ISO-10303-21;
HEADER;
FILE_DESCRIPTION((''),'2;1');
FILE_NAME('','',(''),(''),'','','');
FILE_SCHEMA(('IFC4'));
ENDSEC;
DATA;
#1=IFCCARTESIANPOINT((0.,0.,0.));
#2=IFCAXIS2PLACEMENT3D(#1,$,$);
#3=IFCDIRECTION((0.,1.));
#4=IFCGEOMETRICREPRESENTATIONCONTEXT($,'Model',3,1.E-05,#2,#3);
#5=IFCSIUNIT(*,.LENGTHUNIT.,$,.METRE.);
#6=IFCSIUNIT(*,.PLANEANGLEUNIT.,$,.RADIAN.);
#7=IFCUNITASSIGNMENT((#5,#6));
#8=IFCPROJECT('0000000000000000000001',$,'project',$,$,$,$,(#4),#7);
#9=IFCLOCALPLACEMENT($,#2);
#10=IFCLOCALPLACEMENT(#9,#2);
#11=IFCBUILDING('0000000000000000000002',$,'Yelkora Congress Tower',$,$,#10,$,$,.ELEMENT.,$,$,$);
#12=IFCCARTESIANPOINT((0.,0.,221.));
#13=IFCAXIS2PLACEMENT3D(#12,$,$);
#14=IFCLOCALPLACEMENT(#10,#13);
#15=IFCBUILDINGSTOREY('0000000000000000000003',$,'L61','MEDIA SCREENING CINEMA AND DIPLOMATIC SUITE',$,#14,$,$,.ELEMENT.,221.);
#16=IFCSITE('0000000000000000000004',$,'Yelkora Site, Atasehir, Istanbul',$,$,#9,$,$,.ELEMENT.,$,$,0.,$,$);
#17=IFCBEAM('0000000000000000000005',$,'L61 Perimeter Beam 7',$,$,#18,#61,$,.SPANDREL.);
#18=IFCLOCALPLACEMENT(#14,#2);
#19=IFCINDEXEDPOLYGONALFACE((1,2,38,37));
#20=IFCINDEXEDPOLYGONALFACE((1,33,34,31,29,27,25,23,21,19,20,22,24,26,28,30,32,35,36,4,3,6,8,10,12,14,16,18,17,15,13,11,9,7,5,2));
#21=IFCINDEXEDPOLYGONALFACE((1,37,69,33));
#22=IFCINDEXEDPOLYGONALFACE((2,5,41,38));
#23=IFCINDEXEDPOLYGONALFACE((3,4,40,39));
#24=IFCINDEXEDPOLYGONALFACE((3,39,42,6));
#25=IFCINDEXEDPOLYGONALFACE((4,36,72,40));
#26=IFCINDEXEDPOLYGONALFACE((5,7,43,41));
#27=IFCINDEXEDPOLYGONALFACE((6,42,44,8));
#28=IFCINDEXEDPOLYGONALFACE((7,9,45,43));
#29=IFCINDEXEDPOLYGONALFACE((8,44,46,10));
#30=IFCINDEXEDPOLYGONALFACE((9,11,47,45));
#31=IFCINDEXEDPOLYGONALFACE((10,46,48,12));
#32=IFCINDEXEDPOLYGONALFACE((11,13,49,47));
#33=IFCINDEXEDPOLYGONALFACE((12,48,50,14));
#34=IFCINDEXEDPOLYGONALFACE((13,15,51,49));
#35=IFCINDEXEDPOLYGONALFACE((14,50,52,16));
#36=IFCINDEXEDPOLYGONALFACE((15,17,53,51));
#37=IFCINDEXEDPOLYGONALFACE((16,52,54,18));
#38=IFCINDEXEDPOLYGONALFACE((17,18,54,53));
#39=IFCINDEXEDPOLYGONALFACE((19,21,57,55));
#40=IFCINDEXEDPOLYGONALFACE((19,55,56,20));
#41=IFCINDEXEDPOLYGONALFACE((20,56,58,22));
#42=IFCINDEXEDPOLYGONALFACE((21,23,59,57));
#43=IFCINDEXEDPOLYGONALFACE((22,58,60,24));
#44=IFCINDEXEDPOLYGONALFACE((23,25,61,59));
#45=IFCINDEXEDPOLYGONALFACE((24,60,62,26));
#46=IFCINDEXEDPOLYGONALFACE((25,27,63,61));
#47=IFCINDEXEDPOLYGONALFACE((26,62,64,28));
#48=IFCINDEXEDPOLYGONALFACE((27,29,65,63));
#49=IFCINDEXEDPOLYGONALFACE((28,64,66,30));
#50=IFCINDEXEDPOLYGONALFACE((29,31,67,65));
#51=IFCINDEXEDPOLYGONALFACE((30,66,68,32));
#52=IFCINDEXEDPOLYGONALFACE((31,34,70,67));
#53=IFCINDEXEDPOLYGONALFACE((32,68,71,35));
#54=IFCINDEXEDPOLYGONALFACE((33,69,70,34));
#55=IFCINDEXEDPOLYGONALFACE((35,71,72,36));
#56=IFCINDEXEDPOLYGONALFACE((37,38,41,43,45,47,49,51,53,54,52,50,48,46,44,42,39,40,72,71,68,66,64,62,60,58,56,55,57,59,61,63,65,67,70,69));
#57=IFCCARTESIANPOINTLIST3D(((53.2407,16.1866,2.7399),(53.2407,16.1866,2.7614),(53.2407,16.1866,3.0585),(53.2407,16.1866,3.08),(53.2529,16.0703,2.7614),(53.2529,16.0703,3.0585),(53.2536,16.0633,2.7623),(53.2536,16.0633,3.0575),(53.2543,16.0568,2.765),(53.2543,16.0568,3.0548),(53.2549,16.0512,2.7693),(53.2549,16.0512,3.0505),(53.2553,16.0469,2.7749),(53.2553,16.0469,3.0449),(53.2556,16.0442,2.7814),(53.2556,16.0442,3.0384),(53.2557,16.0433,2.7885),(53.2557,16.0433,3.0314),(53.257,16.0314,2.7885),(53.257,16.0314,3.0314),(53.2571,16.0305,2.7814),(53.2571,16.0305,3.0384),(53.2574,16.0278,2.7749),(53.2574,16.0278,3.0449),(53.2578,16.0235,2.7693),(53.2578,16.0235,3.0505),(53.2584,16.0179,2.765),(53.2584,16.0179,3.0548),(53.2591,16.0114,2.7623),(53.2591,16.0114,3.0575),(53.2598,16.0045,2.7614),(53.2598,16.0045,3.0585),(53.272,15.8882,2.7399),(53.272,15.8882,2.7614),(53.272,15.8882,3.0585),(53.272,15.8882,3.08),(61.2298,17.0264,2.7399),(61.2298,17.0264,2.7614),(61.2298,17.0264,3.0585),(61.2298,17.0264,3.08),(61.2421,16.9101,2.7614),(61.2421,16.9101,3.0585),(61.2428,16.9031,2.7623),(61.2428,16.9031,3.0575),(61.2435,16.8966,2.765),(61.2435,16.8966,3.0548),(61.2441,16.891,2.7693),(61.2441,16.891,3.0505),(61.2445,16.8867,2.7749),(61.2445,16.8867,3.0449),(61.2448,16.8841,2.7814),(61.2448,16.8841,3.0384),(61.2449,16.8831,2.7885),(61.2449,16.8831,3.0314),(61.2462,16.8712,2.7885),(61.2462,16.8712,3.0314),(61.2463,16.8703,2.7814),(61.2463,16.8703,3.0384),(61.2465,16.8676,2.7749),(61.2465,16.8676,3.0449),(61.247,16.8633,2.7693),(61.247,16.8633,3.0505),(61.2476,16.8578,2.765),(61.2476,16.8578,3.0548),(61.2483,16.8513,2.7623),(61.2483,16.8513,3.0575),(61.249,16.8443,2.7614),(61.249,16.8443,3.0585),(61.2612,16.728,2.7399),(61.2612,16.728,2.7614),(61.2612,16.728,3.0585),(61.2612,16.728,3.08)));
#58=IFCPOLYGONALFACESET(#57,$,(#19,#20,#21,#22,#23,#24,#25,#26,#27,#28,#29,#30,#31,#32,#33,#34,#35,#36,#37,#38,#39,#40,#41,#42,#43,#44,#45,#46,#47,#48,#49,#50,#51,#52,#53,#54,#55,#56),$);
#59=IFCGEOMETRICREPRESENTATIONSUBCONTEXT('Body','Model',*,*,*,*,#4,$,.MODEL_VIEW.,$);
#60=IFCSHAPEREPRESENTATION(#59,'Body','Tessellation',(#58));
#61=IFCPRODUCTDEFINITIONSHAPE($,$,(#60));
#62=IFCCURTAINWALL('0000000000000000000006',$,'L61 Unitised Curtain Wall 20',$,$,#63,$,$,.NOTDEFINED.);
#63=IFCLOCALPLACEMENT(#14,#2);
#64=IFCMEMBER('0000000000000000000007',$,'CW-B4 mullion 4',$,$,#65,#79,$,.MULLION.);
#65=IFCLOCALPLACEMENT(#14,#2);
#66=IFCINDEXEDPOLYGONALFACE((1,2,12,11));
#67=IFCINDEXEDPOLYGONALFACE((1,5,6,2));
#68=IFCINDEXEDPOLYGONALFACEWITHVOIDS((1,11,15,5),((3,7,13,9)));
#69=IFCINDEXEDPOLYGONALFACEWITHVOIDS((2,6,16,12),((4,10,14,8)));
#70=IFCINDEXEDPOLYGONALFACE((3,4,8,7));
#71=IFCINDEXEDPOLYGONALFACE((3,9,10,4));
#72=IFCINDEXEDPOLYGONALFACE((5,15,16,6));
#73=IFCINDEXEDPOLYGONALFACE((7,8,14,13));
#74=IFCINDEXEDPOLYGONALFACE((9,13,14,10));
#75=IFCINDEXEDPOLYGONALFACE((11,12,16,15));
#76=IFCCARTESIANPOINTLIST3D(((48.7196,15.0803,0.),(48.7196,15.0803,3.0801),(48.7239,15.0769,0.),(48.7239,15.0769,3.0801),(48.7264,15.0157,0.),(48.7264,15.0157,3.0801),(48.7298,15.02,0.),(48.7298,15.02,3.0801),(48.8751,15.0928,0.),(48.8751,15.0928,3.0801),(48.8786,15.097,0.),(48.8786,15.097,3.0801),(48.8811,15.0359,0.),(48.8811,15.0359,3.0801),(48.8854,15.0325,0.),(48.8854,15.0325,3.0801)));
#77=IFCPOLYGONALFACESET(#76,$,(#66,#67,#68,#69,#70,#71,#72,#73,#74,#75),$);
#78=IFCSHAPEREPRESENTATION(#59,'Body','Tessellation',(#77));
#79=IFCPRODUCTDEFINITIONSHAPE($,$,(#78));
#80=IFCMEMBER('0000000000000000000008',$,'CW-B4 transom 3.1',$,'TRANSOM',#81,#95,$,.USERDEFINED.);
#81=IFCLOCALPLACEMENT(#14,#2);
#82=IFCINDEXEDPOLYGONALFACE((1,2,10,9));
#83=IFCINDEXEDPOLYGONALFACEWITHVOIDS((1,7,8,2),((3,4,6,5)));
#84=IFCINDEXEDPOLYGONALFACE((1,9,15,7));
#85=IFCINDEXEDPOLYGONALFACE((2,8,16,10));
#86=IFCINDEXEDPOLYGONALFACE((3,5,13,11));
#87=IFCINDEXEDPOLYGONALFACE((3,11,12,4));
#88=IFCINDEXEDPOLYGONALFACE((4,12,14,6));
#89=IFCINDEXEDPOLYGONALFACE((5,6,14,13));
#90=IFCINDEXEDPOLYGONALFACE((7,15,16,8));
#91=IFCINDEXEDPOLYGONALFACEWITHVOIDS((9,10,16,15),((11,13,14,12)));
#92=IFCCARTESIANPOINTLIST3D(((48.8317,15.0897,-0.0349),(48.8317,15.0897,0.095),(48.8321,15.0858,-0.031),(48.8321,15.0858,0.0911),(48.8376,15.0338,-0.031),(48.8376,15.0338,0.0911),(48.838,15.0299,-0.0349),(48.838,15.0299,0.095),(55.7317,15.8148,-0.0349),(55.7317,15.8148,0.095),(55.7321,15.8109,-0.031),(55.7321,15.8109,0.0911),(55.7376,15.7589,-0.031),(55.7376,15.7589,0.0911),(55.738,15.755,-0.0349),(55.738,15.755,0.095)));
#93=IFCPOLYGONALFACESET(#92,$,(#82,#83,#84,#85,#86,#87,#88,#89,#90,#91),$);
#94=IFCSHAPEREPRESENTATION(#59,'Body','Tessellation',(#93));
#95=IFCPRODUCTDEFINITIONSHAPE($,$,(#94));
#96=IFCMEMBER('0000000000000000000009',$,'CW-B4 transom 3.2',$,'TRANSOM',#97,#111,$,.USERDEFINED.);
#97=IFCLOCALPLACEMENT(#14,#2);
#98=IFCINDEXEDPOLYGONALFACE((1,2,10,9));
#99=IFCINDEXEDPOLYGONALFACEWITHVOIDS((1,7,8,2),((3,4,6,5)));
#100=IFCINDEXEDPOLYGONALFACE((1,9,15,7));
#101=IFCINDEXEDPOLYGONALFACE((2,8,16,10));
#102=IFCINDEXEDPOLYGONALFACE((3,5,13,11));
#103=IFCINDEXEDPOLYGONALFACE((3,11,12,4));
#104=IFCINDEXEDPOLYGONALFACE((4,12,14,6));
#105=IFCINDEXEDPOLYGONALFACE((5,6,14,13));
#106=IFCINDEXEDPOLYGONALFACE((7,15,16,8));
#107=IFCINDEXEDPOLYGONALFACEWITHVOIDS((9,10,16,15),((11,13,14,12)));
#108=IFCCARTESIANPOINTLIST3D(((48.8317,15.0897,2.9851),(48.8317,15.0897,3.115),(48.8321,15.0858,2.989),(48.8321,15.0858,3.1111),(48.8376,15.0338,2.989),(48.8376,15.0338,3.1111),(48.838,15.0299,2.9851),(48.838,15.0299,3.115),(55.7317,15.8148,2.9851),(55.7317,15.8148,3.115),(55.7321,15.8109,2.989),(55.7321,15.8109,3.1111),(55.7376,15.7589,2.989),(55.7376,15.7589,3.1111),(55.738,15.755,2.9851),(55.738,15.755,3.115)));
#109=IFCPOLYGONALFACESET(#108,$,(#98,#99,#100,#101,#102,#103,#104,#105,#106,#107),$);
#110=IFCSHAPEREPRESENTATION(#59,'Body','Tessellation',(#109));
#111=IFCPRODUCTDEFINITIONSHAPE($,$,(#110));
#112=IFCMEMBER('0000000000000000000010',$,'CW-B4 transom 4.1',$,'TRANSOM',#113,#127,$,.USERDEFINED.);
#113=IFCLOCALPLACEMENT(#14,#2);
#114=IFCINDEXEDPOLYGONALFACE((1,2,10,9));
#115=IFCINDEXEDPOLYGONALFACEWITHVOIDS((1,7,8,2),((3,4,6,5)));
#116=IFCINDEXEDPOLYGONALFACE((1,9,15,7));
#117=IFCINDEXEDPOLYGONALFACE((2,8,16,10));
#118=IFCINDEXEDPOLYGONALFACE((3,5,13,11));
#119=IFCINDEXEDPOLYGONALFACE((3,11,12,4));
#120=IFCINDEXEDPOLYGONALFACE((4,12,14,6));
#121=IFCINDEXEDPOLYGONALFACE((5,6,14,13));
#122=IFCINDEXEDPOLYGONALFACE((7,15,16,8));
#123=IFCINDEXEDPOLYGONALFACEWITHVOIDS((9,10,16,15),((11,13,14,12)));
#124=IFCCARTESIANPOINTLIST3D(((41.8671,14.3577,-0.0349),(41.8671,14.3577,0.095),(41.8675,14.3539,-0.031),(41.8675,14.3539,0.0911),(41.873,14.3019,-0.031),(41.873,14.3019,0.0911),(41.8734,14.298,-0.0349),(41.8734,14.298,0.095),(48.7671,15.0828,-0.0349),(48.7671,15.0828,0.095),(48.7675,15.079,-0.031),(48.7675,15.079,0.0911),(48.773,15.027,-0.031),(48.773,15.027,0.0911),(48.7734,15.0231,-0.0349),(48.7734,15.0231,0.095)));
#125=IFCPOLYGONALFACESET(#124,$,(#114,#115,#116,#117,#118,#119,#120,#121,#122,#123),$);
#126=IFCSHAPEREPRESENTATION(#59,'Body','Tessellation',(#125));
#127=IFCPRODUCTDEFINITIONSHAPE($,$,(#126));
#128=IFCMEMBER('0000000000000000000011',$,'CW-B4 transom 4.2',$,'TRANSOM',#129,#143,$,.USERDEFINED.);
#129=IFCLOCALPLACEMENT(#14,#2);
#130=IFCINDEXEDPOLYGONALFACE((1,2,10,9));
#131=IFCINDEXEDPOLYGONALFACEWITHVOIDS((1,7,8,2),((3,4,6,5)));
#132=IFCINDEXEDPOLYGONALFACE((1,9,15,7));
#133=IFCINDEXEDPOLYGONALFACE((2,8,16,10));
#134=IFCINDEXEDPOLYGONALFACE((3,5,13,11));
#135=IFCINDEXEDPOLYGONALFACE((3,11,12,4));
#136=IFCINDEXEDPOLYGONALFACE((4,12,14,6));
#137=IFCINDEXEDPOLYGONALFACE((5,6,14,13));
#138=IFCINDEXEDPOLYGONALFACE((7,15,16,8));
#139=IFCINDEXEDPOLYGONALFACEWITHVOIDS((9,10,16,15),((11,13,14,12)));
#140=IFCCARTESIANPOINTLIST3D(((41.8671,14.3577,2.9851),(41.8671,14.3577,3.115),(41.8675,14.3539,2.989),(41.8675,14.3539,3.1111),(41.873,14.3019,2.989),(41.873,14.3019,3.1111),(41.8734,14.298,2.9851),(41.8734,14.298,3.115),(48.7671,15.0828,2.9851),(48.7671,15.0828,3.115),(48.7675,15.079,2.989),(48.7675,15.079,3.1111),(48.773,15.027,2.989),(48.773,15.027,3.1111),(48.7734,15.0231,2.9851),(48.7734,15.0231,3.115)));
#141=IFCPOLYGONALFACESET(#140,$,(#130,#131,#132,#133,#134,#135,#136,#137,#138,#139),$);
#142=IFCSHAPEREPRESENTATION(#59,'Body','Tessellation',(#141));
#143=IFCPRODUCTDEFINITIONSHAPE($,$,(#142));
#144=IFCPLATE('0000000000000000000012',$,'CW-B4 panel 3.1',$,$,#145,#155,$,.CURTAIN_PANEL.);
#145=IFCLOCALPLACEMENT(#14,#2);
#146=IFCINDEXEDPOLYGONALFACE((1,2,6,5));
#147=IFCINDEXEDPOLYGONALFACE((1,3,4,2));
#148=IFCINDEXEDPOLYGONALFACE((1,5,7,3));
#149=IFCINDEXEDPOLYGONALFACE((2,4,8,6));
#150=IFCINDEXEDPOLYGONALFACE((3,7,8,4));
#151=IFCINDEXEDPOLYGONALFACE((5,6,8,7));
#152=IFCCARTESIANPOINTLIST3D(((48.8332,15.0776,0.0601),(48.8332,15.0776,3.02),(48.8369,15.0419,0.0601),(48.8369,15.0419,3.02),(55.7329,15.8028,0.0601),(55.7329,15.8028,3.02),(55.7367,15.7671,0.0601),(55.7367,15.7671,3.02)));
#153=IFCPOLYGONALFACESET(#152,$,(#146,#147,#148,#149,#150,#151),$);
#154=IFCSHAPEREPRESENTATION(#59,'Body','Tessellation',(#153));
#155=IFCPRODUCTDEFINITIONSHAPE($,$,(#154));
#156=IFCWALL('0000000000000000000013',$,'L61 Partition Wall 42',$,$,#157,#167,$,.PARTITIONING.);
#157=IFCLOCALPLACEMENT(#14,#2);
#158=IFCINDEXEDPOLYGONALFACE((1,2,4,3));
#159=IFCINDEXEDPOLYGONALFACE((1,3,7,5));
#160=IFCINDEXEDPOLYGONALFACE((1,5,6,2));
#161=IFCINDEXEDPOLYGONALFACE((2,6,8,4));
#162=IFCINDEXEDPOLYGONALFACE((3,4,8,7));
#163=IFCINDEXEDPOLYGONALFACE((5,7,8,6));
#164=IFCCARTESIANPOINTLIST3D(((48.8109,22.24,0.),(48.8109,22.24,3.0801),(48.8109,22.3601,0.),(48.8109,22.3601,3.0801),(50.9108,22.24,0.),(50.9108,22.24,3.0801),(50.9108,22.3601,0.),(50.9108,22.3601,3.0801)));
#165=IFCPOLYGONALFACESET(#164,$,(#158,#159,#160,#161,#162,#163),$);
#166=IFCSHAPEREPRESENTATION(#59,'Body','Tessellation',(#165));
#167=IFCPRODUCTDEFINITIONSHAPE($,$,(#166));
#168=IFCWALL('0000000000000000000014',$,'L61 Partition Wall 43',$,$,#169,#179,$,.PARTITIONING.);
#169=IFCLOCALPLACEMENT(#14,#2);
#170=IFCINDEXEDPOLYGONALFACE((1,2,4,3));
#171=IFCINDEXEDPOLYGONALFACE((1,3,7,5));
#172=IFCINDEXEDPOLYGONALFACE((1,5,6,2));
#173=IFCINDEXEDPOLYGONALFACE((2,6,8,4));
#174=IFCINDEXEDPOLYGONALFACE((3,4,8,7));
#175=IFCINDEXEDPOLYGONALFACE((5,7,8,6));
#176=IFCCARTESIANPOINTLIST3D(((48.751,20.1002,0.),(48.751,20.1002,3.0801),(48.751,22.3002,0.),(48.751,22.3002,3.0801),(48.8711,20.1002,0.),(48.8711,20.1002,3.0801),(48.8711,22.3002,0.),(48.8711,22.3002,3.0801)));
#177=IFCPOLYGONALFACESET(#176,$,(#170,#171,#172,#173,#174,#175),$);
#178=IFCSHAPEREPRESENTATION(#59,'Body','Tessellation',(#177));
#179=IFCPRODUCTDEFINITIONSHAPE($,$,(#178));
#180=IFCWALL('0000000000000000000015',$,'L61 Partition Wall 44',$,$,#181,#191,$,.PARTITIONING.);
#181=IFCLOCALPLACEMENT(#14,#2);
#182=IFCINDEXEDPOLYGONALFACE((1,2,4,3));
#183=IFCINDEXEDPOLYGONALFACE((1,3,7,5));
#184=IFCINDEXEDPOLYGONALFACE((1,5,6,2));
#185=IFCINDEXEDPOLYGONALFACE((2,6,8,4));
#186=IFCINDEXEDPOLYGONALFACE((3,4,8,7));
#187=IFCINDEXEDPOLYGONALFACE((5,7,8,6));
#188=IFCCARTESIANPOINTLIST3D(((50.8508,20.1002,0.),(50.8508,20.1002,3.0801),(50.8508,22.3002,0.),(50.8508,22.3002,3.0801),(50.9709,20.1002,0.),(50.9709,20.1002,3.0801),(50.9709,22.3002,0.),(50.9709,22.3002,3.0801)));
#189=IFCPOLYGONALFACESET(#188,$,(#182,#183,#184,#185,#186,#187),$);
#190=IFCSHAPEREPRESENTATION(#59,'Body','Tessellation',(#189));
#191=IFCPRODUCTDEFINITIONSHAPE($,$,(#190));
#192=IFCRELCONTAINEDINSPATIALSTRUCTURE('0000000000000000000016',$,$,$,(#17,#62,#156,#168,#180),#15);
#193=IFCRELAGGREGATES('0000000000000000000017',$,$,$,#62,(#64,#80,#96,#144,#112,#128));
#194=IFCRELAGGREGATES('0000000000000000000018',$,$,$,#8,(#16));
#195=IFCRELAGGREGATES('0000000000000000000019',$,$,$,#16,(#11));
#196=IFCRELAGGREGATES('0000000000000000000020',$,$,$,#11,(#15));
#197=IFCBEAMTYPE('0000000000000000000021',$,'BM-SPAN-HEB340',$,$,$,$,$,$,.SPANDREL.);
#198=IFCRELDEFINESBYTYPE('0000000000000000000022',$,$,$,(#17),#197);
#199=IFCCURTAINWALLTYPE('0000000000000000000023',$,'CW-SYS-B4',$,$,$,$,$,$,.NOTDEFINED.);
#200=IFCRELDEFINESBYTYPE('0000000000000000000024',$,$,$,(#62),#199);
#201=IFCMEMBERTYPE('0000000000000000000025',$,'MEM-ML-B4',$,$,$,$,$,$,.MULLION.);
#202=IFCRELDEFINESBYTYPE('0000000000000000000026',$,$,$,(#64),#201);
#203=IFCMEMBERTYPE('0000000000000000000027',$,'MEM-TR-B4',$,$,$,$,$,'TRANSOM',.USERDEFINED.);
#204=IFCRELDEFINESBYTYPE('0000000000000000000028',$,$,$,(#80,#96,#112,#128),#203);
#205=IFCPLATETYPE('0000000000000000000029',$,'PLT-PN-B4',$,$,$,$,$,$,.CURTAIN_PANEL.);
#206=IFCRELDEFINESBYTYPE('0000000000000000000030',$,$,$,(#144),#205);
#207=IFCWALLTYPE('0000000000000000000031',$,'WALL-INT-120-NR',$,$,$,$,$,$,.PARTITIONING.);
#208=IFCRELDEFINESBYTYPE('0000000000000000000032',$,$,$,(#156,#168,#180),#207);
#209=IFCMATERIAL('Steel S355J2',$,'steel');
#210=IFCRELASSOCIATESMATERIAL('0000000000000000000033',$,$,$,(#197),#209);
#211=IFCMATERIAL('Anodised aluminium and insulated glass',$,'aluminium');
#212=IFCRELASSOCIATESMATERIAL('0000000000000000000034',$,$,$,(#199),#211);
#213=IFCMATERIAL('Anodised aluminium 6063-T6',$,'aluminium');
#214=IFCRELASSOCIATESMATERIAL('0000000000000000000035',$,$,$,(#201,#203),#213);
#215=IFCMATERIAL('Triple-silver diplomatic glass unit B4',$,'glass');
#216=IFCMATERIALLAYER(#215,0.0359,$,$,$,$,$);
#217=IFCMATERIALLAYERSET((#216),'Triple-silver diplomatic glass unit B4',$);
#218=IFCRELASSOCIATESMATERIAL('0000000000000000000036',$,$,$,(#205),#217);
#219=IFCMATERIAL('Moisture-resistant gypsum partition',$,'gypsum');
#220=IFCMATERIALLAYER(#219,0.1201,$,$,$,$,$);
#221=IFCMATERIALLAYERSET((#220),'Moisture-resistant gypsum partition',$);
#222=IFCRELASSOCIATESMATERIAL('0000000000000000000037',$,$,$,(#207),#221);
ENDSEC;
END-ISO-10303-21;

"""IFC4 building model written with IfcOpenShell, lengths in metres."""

from ifc_helpers import new_model, si_unit, direction, frame, frame_2d, origin, origin_2d, place, context, subcontext, project, spatial, rectangle, hollow_rectangle, i_section, extrude, material, layer, layer_set, material_profile, profile_set, type_object, element, aggregate, save


model = new_model("IFC4")

# Units and contexts
model_context = context("Model", 3, precision=1e-05, world=origin(), true_north=direction((0.0, 1.0)))
body_context = subcontext(model_context, "Body", "Model", "MODEL_VIEW")
ifc_project = project(units=[si_unit("LENGTHUNIT", "METRE"), si_unit("PLANEANGLEUNIT", "RADIAN")], contexts=[model_context])

# Site, building, storey
site_placement = place(None, origin())
site = spatial("IfcSite", under=ifc_project, at=site_placement, Name="Yelkora Site, Atasehir, Istanbul", CompositionType="ELEMENT", RefElevation=0.0)
building_placement = place(site_placement, origin())
building = spatial("IfcBuilding", under=site, at=building_placement, Name="Yelkora Congress Tower", CompositionType="ELEMENT")
storey_placement = place(building_placement, frame((0.0, 0.0, 221.0)))
storey = spatial("IfcBuildingStorey", under=building, at=storey_placement, Name="L61", Description="MEDIA SCREENING CINEMA AND DIPLOMATIC SUITE", CompositionType="ELEMENT", Elevation=221.0)

# Shared definitions
ifc_material_1 = material(Name="Steel S355J2", Category="steel")

# Beam
ifc_material_profile_1 = material_profile(ifc_material_1, i_section(OverallWidth=0.3, OverallDepth=0.3401, WebThickness=0.012, FlangeThickness=0.0215, FilletRadius=0.0271, at=origin_2d()), Name="HEB 340")
ifc_profile_set_1 = profile_set([ifc_material_profile_1], Name="Steel S355J2")
beam_type_1 = type_object("IfcBeamType", Name="BM-SPAN-HEB340", PredefinedType="SPANDREL", material=ifc_profile_set_1)
beam_1_placement = place(storey_placement, frame((53.2563, 16.0374, 2.9099), z_axis=(0.99452, 0.104546, 0.0), x_axis=(-0.104546, 0.99452, 0.0)))
element("IfcBeam", 1, at=beam_1_placement, inside=storey, type_object=beam_type_1, Name="L61 Perimeter Beam 7", PredefinedType="SPANDREL", context=body_context, shape_type="SweptSolid", body=[
    extrude(i_section(OverallWidth=0.3, OverallDepth=0.3401, WebThickness=0.012, FlangeThickness=0.0215, FilletRadius=0.0271, at=origin_2d()), origin(), (0.0, 0.0, 1.0), 8.0332),
])

# Curtain wall, members, plate
ifc_material_2 = material(Name="Anodised aluminium and insulated glass", Category="aluminium")
curtain_wall_type = type_object("IfcCurtainWallType", Name="CW-SYS-B4", PredefinedType="NOTDEFINED", material=ifc_material_2)
curtain_wall_placement = place(storey_placement, origin())
curtain_wall = element("IfcCurtainWall", 2, at=curtain_wall_placement, inside=storey, type_object=curtain_wall_type, Name="L61 Unitised Curtain Wall 20", PredefinedType="NOTDEFINED")
ifc_material_3 = material(Name="Anodised aluminium 6063-T6", Category="aluminium")
ifc_material_profile_2 = material_profile(ifc_material_3, hollow_rectangle(XDim=0.0649, YDim=0.1599, WallThickness=0.0039, at=origin_2d()), Name="ALU 65x160x4")
ifc_profile_set_2 = profile_set([ifc_material_profile_2], Name="Anodised aluminium 6063-T6")
member_type_1 = type_object("IfcMemberType", Name="MEM-ML-B4", PredefinedType="MULLION", material=ifc_profile_set_2)
member_1_placement = place(storey_placement, frame((48.8025, 15.0564, 0.0), z_axis=(0.0, 0.0, 1.0), x_axis=(0.104527, -0.994522, 0.0)))
member_1 = element("IfcMember", 3, at=member_1_placement, type_object=member_type_1, Name="CW-B4 mullion 4", PredefinedType="MULLION", context=body_context, shape_type="SweptSolid", body=[
    extrude(hollow_rectangle(XDim=0.0649, YDim=0.1599, WallThickness=0.0039, at=origin_2d()), origin(), (0.0, 0.0, 1.0), 3.0801),
])
ifc_material_profile_3 = material_profile(ifc_material_3, hollow_rectangle(XDim=0.0601, YDim=0.1299, WallThickness=0.0039, at=origin_2d()), Name="ALU 60x130x4")
ifc_profile_set_3 = profile_set([ifc_material_profile_3], Name="Anodised aluminium 6063-T6")
member_type_2 = type_object("IfcMemberType", Name="MEM-TR-B4", ElementType="TRANSOM", PredefinedType="USERDEFINED", material=ifc_profile_set_3)
member_2_placement = place(storey_placement, frame((55.7349, 15.7849, 0.03), z_axis=(-0.994524, -0.104513, 0.0), x_axis=(0.104513, -0.994524, 0.0)))
member_2 = element("IfcMember", 4, at=member_2_placement, type_object=member_type_2, Name="CW-B4 transom 3.1", ObjectType="TRANSOM", PredefinedType="USERDEFINED", context=body_context, shape_type="SweptSolid", body=[
    extrude(hollow_rectangle(XDim=0.0601, YDim=0.1299, WallThickness=0.0039, at=origin_2d()), origin(), (0.0, 0.0, 1.0), 6.938),
])
member_3_placement = place(storey_placement, frame((55.7349, 15.7849, 3.05), z_axis=(-0.994524, -0.104513, 0.0), x_axis=(0.104513, -0.994524, 0.0)))
member_3 = element("IfcMember", 5, at=member_3_placement, type_object=member_type_2, Name="CW-B4 transom 3.2", ObjectType="TRANSOM", PredefinedType="USERDEFINED", context=body_context, shape_type="SweptSolid", body=[
    extrude(hollow_rectangle(XDim=0.0601, YDim=0.1299, WallThickness=0.0039, at=origin_2d()), origin(), (0.0, 0.0, 1.0), 6.938),
])
member_4_placement = place(storey_placement, frame((48.7703, 15.053, 0.03), z_axis=(-0.994524, -0.104513, 0.0), x_axis=(0.104513, -0.994524, 0.0)))
member_4 = element("IfcMember", 6, at=member_4_placement, type_object=member_type_2, Name="CW-B4 transom 4.1", ObjectType="TRANSOM", PredefinedType="USERDEFINED", context=body_context, shape_type="SweptSolid", body=[
    extrude(hollow_rectangle(XDim=0.0601, YDim=0.1299, WallThickness=0.0039, at=origin_2d()), origin(), (0.0, 0.0, 1.0), 6.938),
])
member_5_placement = place(storey_placement, frame((48.7703, 15.053, 3.05), z_axis=(-0.994524, -0.104513, 0.0), x_axis=(0.104513, -0.994524, 0.0)))
member_5 = element("IfcMember", 7, at=member_5_placement, type_object=member_type_2, Name="CW-B4 transom 4.2", ObjectType="TRANSOM", PredefinedType="USERDEFINED", context=body_context, shape_type="SweptSolid", body=[
    extrude(hollow_rectangle(XDim=0.0601, YDim=0.1299, WallThickness=0.0039, at=origin_2d()), origin(), (0.0, 0.0, 1.0), 6.938),
])
ifc_material_4 = material(Name="Triple-silver diplomatic glass unit B4", Category="glass")
ifc_layer_1 = layer(ifc_material_4, 0.0359)
ifc_layer_set_1 = layer_set([ifc_layer_1], Name="Triple-silver diplomatic glass unit B4")
plate_type = type_object("IfcPlateType", Name="PLT-PN-B4", PredefinedType="CURTAIN_PANEL", material=ifc_layer_set_1)
plate_placement = place(storey_placement, frame((52.2849, 15.4224, 0.0601), z_axis=(0.0, 0.0, 1.0), x_axis=(-0.994522, -0.104527, 0.0)))
plate = element("IfcPlate", 8, at=plate_placement, type_object=plate_type, Name="CW-B4 panel 3.1", PredefinedType="CURTAIN_PANEL", context=body_context, shape_type="SweptSolid", body=[
    extrude(rectangle(XDim=6.9377, YDim=0.0359, at=origin_2d()), origin(), (0.0, 0.0, 1.0), 2.96),
])
aggregate(curtain_wall, [member_1, member_2, member_3, plate, member_4, member_5])

# Walls
ifc_material_5 = material(Name="Moisture-resistant gypsum partition", Category="gypsum")
ifc_layer_2 = layer(ifc_material_5, 0.1201)
ifc_layer_set_2 = layer_set([ifc_layer_2], Name="Moisture-resistant gypsum partition")
wall_type_1 = type_object("IfcWallType", Name="WALL-INT-120-NR", PredefinedType="PARTITIONING", material=ifc_layer_set_2)
wall_1_placement = place(storey_placement, frame((48.811, 22.3, 0.0), z_axis=(0.0, 0.0, 1.0), x_axis=(1.0, 0.0, 0.0)))
element("IfcWall", 9, at=wall_1_placement, inside=storey, type_object=wall_type_1, Name="L61 Partition Wall 42", PredefinedType="PARTITIONING", context=body_context, shape_type="SweptSolid", body=[
    extrude(rectangle(XDim=2.0999, YDim=0.1201, at=frame_2d((1.0498, 0.0))), origin(), (0.0, 0.0, 1.0), 3.0801),
])
for number, where, z_axis, x_axis, name in (
    (10, (48.811, 20.1001, 0.0), (0.0, 0.0, 1.0), (0.0, 1.0, 0.0), "L61 Partition Wall 43"),
    (11, (50.9109, 20.1001, 0.0), (0.0, 0.0, 1.0), (0.0, 1.0, 0.0), "L61 Partition Wall 44"),
):
    element("IfcWall", number, at=place(storey_placement, frame(where, z_axis=z_axis, x_axis=x_axis)), inside=storey, type_object=wall_type_1, Name=name, PredefinedType="PARTITIONING", context=body_context, shape_type="SweptSolid", body=[
        extrude(rectangle(XDim=2.2, YDim=0.1201, at=frame_2d((1.1001, 0.0))), origin(), (0.0, 0.0, 1.0), 3.0801),
    ])

save(model, "model.ifc")
